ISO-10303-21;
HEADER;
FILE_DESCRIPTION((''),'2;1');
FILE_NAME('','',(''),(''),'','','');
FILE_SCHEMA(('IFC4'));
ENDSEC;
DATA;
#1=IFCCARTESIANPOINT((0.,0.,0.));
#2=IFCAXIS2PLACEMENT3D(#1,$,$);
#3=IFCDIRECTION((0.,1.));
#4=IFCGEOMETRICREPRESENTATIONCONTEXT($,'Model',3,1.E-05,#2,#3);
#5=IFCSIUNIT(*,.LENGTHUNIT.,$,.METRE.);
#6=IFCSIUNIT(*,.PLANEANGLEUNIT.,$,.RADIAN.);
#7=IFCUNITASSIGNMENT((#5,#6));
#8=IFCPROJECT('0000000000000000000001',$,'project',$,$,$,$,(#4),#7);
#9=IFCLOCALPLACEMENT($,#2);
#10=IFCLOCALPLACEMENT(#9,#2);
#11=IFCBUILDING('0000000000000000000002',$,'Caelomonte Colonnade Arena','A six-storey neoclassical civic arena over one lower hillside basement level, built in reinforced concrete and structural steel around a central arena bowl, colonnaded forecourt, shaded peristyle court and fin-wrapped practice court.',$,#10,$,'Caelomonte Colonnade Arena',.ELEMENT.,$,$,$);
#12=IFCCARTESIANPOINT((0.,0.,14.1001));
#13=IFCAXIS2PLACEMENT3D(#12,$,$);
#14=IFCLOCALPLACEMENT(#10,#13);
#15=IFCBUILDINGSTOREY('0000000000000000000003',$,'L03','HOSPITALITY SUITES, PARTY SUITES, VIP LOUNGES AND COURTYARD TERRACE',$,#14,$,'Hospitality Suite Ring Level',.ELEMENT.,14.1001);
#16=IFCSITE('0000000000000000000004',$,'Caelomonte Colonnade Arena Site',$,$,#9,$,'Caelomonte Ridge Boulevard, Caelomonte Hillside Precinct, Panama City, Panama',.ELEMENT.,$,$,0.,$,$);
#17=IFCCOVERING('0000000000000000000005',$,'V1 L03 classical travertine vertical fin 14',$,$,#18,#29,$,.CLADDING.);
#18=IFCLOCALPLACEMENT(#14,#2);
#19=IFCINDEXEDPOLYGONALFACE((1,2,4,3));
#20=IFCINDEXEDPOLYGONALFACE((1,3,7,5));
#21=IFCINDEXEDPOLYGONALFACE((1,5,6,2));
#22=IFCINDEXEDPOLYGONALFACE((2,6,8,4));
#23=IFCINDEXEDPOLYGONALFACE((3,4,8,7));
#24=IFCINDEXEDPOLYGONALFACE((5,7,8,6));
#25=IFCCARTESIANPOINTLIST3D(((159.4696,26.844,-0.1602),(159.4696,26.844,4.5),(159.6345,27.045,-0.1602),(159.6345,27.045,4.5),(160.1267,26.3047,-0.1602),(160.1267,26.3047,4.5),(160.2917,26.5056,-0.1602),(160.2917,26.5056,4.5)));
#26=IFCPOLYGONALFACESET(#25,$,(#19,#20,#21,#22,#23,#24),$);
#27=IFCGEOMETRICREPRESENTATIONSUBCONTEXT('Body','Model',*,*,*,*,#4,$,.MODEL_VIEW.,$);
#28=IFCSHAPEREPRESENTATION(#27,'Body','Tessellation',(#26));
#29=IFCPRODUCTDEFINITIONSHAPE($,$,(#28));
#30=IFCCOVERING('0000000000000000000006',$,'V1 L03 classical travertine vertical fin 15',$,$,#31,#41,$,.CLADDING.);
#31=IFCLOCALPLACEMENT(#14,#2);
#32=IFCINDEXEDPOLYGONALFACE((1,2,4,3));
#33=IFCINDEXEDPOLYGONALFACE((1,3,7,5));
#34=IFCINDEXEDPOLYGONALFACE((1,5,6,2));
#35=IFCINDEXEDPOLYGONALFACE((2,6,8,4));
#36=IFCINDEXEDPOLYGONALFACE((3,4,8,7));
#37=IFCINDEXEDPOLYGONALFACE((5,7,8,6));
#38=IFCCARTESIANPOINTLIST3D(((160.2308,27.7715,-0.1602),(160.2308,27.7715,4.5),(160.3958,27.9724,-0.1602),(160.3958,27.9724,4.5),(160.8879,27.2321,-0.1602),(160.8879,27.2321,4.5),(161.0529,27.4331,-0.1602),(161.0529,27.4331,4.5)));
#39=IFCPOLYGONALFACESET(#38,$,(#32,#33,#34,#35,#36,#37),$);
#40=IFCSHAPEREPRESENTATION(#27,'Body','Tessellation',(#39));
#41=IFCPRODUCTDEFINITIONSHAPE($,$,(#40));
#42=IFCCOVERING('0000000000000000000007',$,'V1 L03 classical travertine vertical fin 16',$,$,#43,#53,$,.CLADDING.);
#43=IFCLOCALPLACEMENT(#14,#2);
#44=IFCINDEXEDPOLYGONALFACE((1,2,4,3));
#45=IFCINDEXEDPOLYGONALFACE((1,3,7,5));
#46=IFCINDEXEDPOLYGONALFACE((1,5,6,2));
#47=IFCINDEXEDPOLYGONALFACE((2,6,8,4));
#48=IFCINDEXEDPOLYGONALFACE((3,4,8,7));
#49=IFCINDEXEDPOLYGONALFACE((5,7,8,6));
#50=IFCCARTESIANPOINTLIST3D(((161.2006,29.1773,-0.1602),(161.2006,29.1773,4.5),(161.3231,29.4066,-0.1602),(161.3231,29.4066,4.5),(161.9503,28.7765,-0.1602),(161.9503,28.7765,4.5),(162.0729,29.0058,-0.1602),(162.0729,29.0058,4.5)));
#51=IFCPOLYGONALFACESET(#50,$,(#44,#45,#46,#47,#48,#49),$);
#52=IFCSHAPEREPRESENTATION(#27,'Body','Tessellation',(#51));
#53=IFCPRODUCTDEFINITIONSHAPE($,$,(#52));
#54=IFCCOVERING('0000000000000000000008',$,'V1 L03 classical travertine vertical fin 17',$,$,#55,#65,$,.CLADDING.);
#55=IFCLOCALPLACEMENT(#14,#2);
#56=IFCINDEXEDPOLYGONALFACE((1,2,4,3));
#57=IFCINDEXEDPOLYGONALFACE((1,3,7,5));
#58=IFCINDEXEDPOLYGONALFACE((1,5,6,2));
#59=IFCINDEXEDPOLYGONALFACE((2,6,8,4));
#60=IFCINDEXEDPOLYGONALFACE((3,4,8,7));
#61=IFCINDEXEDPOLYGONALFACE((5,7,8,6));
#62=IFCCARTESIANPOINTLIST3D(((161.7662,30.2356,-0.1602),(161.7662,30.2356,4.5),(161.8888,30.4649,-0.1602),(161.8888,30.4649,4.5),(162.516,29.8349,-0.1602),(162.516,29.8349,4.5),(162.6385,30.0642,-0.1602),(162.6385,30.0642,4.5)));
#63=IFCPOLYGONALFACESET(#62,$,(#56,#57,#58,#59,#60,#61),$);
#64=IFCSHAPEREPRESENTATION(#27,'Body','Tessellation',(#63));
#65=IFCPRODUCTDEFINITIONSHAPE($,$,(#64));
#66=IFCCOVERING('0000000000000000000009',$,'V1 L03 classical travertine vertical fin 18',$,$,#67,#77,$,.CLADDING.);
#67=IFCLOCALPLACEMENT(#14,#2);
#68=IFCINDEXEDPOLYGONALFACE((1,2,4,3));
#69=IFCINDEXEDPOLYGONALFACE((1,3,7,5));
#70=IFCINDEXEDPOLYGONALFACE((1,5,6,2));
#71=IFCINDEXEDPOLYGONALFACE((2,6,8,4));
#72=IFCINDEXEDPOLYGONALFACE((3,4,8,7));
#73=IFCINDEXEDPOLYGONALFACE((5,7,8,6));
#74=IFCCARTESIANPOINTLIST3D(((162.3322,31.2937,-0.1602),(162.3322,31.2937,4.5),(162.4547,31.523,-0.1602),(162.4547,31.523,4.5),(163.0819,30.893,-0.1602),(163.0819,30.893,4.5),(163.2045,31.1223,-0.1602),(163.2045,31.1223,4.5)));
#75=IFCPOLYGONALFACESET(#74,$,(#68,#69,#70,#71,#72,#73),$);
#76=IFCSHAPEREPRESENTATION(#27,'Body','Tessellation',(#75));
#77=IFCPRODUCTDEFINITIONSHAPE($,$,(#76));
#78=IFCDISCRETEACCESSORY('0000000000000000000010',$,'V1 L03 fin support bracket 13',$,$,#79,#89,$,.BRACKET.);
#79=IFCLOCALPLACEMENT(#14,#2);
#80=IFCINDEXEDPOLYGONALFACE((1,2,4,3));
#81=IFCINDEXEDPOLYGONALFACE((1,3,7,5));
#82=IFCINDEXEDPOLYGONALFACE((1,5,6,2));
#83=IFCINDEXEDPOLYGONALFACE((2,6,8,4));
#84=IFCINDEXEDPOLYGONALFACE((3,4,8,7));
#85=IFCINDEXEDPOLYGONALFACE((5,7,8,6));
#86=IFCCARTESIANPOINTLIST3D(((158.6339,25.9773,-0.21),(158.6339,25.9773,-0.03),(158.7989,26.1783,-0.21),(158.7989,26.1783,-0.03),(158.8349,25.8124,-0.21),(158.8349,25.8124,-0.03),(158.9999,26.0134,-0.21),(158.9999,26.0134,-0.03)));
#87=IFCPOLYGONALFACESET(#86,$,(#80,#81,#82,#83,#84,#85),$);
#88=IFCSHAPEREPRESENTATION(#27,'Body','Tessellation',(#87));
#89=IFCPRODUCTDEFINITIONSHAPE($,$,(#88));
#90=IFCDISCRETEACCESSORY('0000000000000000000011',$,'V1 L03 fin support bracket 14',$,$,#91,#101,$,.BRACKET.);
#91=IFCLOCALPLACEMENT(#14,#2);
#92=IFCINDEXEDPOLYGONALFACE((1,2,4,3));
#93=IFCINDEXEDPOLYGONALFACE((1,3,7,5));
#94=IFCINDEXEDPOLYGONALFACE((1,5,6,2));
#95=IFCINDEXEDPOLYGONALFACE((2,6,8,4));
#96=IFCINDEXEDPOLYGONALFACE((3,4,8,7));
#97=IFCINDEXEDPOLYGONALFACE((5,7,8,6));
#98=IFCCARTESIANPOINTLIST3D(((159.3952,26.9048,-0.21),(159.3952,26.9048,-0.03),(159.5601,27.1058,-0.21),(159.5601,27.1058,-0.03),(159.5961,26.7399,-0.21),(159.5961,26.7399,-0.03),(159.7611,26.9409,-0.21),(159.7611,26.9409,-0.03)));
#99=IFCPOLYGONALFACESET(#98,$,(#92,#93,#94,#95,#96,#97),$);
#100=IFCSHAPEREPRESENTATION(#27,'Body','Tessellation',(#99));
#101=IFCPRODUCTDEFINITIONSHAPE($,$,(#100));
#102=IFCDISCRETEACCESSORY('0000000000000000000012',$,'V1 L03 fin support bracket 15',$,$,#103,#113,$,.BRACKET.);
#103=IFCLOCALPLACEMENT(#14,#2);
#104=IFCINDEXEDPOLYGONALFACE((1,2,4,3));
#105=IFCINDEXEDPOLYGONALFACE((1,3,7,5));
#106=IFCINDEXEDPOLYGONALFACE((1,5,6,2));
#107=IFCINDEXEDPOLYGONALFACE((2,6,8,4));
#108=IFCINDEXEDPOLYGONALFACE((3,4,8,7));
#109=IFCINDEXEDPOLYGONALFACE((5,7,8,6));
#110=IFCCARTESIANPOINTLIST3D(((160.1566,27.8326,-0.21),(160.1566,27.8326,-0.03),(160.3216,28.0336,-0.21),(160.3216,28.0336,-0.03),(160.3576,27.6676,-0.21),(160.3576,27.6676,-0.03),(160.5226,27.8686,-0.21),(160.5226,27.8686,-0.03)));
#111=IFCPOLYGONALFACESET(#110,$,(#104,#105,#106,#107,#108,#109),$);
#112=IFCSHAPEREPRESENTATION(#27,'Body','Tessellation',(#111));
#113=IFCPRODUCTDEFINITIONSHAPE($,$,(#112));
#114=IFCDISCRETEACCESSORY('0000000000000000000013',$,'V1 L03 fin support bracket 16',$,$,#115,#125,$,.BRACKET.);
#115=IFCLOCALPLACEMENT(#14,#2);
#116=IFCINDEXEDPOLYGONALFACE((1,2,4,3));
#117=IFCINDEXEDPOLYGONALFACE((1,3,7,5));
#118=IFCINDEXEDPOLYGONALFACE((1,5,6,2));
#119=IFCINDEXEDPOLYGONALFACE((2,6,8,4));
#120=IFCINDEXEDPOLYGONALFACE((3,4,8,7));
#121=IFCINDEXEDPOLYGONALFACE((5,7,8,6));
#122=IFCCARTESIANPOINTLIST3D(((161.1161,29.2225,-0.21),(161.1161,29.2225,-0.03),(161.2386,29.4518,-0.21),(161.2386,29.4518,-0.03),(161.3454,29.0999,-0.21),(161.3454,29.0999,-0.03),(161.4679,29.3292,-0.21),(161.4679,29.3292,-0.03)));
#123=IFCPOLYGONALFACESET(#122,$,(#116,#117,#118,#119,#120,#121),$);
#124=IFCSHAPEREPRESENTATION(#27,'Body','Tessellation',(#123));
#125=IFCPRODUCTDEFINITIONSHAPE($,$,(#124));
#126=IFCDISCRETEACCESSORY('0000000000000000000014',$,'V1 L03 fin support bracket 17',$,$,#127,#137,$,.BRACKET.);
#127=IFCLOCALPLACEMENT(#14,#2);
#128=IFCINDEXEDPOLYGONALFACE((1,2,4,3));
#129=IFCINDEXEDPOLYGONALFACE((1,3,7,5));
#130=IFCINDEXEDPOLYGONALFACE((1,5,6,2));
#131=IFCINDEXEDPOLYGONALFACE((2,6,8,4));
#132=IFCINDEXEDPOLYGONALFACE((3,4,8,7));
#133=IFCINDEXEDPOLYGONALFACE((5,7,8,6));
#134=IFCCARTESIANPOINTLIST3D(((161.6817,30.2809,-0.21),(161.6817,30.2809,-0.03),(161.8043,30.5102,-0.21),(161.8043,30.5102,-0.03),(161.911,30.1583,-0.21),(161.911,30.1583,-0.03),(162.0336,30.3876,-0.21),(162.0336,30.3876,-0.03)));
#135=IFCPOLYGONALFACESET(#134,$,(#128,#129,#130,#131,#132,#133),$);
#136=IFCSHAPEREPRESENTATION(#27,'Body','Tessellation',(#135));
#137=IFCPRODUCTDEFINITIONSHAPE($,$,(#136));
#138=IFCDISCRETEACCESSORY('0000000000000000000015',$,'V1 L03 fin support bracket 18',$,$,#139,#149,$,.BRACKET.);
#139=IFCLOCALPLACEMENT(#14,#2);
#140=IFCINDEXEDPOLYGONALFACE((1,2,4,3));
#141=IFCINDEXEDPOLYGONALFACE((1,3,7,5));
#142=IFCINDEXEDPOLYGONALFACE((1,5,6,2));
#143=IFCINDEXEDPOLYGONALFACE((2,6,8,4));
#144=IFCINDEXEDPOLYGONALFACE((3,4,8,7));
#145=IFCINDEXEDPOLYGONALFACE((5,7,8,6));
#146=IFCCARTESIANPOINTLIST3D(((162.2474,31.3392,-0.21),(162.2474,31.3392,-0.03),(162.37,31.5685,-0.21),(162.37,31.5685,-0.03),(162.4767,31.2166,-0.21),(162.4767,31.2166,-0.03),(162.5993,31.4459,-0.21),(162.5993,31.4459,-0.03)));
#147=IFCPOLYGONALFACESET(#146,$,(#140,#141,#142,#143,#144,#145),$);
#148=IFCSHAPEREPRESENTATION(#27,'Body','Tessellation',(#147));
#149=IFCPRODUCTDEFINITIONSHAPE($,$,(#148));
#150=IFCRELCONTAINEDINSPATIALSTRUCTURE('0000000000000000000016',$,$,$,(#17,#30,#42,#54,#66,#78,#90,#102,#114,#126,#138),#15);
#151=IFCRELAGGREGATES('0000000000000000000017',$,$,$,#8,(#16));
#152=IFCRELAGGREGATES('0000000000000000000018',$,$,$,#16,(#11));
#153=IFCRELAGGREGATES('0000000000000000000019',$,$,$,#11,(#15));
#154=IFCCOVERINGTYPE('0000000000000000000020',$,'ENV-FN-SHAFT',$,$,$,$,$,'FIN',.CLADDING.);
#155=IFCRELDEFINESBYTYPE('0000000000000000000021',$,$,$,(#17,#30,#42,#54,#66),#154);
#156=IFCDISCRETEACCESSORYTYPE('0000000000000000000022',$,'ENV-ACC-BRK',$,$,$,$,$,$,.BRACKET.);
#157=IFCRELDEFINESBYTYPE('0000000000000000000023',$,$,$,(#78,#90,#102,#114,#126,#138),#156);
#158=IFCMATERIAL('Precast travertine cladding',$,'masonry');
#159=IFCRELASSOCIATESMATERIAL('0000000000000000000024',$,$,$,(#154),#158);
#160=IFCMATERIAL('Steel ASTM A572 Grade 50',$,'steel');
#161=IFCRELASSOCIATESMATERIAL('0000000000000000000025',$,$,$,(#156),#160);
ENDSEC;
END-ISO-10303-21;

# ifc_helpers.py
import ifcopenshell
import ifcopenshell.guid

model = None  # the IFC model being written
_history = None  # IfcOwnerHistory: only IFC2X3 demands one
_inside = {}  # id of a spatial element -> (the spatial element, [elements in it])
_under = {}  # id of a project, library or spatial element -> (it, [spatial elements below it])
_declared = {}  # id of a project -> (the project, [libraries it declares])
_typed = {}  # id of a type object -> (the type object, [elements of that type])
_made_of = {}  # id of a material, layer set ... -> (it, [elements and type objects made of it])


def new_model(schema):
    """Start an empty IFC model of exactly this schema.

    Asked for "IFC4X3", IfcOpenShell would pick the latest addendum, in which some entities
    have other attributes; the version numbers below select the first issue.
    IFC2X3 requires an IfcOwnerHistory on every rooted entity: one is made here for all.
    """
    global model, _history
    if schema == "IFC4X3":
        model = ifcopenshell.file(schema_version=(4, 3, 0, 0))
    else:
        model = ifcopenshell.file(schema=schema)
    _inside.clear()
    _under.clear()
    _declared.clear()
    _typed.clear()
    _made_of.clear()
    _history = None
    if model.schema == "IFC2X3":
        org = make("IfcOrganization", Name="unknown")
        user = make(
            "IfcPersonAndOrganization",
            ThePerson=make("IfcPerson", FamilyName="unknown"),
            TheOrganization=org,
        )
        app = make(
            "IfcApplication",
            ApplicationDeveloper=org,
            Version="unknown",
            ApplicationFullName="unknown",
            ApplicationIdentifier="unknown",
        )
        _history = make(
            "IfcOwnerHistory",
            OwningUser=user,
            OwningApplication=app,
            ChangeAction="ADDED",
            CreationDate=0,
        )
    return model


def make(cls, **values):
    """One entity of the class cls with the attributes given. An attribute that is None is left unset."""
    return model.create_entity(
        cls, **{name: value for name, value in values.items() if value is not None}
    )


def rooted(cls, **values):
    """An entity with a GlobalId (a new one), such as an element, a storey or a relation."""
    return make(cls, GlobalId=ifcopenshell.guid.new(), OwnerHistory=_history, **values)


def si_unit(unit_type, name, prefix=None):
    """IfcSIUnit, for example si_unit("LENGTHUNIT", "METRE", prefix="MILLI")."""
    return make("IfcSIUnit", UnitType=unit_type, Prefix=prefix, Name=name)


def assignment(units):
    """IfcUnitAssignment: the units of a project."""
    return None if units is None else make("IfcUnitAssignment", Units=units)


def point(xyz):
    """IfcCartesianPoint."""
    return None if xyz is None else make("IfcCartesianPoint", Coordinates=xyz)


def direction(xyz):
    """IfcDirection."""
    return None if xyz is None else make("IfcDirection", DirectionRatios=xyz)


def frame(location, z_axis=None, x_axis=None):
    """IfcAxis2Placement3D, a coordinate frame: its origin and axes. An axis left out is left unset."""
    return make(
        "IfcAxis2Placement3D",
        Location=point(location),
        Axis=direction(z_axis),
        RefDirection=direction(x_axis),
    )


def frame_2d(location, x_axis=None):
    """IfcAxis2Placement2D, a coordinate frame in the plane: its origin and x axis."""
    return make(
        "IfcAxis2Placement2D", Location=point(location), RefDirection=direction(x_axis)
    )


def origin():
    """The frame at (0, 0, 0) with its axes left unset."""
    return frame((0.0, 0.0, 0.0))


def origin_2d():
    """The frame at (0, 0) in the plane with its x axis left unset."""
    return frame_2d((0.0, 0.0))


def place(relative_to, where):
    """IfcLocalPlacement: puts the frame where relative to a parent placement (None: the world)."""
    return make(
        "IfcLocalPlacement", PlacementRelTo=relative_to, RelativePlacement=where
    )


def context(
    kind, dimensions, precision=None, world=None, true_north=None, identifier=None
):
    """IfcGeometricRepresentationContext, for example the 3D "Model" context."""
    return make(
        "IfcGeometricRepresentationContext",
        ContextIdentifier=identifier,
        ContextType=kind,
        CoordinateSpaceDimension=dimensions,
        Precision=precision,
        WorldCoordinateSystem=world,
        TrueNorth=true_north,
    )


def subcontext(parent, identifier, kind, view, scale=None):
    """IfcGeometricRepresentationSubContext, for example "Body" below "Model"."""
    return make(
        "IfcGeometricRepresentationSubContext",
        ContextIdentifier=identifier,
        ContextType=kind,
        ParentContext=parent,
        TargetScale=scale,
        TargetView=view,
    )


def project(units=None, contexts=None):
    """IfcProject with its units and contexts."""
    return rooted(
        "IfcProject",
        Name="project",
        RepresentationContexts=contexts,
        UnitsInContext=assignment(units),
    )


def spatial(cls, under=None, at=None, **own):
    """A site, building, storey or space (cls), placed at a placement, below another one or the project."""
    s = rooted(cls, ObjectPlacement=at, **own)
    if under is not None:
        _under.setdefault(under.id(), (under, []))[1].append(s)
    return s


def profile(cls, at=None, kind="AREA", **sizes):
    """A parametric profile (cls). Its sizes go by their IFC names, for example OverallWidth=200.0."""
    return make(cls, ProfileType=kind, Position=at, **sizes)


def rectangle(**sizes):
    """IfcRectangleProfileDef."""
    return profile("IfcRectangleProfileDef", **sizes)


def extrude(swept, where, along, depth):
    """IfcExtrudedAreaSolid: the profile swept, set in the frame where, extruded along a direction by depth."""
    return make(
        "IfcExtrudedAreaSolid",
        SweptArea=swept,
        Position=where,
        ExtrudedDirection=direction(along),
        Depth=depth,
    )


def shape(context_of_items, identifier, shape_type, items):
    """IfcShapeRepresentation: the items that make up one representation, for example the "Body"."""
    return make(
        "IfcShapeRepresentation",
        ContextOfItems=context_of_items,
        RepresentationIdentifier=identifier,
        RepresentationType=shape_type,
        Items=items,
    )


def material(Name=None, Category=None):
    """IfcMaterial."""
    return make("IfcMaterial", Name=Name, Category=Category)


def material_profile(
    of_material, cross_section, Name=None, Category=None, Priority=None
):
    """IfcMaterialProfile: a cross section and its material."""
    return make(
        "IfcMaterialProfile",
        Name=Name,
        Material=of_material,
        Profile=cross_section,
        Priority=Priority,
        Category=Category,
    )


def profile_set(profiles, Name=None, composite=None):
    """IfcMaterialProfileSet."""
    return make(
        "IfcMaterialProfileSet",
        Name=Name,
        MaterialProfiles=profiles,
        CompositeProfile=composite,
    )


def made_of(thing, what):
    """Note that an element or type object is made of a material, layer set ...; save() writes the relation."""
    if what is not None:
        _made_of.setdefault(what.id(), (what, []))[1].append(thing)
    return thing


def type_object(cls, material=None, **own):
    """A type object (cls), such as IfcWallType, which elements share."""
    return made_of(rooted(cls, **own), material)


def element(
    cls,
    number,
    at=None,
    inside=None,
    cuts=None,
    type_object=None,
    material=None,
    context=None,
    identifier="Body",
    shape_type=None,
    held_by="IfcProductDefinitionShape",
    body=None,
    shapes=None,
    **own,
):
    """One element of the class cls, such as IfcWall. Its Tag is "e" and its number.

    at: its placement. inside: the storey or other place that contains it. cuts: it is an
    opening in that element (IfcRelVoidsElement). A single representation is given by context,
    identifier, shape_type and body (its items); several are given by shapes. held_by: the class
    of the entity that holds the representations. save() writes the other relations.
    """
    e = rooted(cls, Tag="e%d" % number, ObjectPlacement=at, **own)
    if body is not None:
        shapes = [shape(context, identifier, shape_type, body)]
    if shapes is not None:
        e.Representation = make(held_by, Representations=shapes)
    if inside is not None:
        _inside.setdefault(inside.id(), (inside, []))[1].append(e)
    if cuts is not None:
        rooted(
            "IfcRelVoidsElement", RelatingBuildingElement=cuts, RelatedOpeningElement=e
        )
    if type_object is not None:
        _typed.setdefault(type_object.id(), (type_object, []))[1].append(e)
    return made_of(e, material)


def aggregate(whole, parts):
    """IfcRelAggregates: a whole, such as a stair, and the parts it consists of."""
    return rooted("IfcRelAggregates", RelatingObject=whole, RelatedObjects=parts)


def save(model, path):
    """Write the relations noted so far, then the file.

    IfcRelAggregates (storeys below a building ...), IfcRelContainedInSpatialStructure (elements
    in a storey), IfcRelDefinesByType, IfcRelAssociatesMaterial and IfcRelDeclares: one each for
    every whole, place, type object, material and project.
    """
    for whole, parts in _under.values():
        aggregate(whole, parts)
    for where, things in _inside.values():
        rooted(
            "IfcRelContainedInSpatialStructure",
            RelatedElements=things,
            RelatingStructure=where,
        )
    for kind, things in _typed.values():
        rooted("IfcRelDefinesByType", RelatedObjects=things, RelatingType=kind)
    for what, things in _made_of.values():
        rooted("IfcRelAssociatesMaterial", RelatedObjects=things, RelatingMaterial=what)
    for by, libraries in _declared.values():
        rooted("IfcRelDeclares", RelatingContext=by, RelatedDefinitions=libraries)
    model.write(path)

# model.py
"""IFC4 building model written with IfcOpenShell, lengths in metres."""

from ifc_helpers import new_model, si_unit, direction, frame, origin, origin_2d, place, context, subcontext, project, spatial, rectangle, extrude, material, material_profile, profile_set, type_object, element, save


model = new_model("IFC4")

# Units and contexts
model_context = context("Model", 3, precision=1e-05, world=origin(), true_north=direction((0.0, 1.0)))
body_context = subcontext(model_context, "Body", "Model", "MODEL_VIEW")
ifc_project = project(units=[si_unit("LENGTHUNIT", "METRE"), si_unit("PLANEANGLEUNIT", "RADIAN")], contexts=[model_context])

# Site, building, storey
site_placement = place(None, origin())
site = spatial("IfcSite", under=ifc_project, at=site_placement, Name="Caelomonte Colonnade Arena Site", LongName="Caelomonte Ridge Boulevard, Caelomonte Hillside Precinct, Panama City, Panama", CompositionType="ELEMENT", RefElevation=0.0)
building_placement = place(site_placement, origin())
building = spatial("IfcBuilding", under=site, at=building_placement, Name="Caelomonte Colonnade Arena", Description="A six-storey neoclassical civic arena over one lower hillside basement level, built in reinforced concrete and structural steel around a central arena bowl, colonnaded forecourt, shaded peristyle court and fin-wrapped practice court.", LongName="Caelomonte Colonnade Arena", CompositionType="ELEMENT")
storey_placement = place(building_placement, frame((0.0, 0.0, 14.1001)))
storey = spatial("IfcBuildingStorey", under=building, at=storey_placement, Name="L03", Description="HOSPITALITY SUITES, PARTY SUITES, VIP LOUNGES AND COURTYARD TERRACE", LongName="Hospitality Suite Ring Level", CompositionType="ELEMENT", Elevation=14.1001)

# Coverings
ifc_material_1 = material(Name="Precast travertine cladding", Category="masonry")
ifc_material_profile_1 = material_profile(ifc_material_1, rectangle(XDim=0.26, YDim=0.8501, at=origin_2d()), Name="FIN260X850")
ifc_profile_set_1 = profile_set([ifc_material_profile_1], Name="Precast travertine cladding")
covering_type = type_object("IfcCoveringType", Name="ENV-FN-SHAFT", ElementType="FIN", PredefinedType="CLADDING", material=ifc_profile_set_1)
for number, where, z_axis, x_axis, name in (
    (1, (159.8806, 26.6748, -0.1602), (0.0, 0.0, 1.0), (-0.634414, -0.772994, 0.0), "V1 L03 classical travertine vertical fin 14"),
    (2, (160.6418, 27.6023, -0.1602), (0.0, 0.0, 1.0), (-0.634414, -0.772994, 0.0), "V1 L03 classical travertine vertical fin 15"),
    (3, (161.6367, 29.0916, -0.1602), (0.0, 0.0, 1.0), (-0.471397, -0.881921, 0.0), "V1 L03 classical travertine vertical fin 16"),
    (4, (162.2024, 30.1499, -0.1602), (0.0, 0.0, 1.0), (-0.471397, -0.881921, 0.0), "V1 L03 classical travertine vertical fin 17"),
    (5, (162.7683, 31.208, -0.1602), (0.0, 0.0, 1.0), (-0.471397, -0.881921, 0.0), "V1 L03 classical travertine vertical fin 18"),
):
    element("IfcCovering", number, at=place(storey_placement, frame(where, z_axis=z_axis, x_axis=x_axis)), inside=storey, type_object=covering_type, Name=name, PredefinedType="CLADDING", context=body_context, shape_type="SweptSolid", body=[
        extrude(rectangle(XDim=0.26, YDim=0.8501, at=origin_2d()), origin(), (0.0, 0.0, 1.0), 4.6602),
    ])

# Discrete accessories
ifc_material_2 = material(Name="Steel ASTM A572 Grade 50", Category="steel")
discrete_accessory_type = type_object("IfcDiscreteAccessoryType", Name="ENV-ACC-BRK", PredefinedType="BRACKET", material=ifc_material_2)
for number, where, z_axis, x_axis, name in (
    (6, (158.8169, 25.9954, -0.21), (0.0, 0.0, 1.0), (0.634414, 0.772994, 0.0), "V1 L03 fin support bracket 13"),
    (7, (159.5781, 26.9229, -0.21), (0.0, 0.0, 1.0), (0.634414, 0.772994, 0.0), "V1 L03 fin support bracket 14"),
    (8, (160.3396, 27.8506, -0.21), (0.0, 0.0, 1.0), (0.634414, 0.772994, 0.0), "V1 L03 fin support bracket 15"),
    (9, (161.292, 29.2759, -0.21), (0.0, 0.0, 1.0), (0.471397, 0.881921, 0.0), "V1 L03 fin support bracket 16"),
    (10, (161.8577, 30.3342, -0.21), (0.0, 0.0, 1.0), (0.471397, 0.881921, 0.0), "V1 L03 fin support bracket 17"),
    (11, (162.4233, 31.3926, -0.21), (0.0, 0.0, 1.0), (0.471397, 0.881921, 0.0), "V1 L03 fin support bracket 18"),
):
    element("IfcDiscreteAccessory", number, at=place(storey_placement, frame(where, z_axis=z_axis, x_axis=x_axis)), inside=storey, type_object=discrete_accessory_type, Name=name, PredefinedType="BRACKET", context=body_context, shape_type="SweptSolid", body=[
        extrude(rectangle(XDim=0.26, YDim=0.26, at=origin_2d()), origin(), (0.0, 0.0, 1.0), 0.1799),
    ])

save(model, "model.ifc")
